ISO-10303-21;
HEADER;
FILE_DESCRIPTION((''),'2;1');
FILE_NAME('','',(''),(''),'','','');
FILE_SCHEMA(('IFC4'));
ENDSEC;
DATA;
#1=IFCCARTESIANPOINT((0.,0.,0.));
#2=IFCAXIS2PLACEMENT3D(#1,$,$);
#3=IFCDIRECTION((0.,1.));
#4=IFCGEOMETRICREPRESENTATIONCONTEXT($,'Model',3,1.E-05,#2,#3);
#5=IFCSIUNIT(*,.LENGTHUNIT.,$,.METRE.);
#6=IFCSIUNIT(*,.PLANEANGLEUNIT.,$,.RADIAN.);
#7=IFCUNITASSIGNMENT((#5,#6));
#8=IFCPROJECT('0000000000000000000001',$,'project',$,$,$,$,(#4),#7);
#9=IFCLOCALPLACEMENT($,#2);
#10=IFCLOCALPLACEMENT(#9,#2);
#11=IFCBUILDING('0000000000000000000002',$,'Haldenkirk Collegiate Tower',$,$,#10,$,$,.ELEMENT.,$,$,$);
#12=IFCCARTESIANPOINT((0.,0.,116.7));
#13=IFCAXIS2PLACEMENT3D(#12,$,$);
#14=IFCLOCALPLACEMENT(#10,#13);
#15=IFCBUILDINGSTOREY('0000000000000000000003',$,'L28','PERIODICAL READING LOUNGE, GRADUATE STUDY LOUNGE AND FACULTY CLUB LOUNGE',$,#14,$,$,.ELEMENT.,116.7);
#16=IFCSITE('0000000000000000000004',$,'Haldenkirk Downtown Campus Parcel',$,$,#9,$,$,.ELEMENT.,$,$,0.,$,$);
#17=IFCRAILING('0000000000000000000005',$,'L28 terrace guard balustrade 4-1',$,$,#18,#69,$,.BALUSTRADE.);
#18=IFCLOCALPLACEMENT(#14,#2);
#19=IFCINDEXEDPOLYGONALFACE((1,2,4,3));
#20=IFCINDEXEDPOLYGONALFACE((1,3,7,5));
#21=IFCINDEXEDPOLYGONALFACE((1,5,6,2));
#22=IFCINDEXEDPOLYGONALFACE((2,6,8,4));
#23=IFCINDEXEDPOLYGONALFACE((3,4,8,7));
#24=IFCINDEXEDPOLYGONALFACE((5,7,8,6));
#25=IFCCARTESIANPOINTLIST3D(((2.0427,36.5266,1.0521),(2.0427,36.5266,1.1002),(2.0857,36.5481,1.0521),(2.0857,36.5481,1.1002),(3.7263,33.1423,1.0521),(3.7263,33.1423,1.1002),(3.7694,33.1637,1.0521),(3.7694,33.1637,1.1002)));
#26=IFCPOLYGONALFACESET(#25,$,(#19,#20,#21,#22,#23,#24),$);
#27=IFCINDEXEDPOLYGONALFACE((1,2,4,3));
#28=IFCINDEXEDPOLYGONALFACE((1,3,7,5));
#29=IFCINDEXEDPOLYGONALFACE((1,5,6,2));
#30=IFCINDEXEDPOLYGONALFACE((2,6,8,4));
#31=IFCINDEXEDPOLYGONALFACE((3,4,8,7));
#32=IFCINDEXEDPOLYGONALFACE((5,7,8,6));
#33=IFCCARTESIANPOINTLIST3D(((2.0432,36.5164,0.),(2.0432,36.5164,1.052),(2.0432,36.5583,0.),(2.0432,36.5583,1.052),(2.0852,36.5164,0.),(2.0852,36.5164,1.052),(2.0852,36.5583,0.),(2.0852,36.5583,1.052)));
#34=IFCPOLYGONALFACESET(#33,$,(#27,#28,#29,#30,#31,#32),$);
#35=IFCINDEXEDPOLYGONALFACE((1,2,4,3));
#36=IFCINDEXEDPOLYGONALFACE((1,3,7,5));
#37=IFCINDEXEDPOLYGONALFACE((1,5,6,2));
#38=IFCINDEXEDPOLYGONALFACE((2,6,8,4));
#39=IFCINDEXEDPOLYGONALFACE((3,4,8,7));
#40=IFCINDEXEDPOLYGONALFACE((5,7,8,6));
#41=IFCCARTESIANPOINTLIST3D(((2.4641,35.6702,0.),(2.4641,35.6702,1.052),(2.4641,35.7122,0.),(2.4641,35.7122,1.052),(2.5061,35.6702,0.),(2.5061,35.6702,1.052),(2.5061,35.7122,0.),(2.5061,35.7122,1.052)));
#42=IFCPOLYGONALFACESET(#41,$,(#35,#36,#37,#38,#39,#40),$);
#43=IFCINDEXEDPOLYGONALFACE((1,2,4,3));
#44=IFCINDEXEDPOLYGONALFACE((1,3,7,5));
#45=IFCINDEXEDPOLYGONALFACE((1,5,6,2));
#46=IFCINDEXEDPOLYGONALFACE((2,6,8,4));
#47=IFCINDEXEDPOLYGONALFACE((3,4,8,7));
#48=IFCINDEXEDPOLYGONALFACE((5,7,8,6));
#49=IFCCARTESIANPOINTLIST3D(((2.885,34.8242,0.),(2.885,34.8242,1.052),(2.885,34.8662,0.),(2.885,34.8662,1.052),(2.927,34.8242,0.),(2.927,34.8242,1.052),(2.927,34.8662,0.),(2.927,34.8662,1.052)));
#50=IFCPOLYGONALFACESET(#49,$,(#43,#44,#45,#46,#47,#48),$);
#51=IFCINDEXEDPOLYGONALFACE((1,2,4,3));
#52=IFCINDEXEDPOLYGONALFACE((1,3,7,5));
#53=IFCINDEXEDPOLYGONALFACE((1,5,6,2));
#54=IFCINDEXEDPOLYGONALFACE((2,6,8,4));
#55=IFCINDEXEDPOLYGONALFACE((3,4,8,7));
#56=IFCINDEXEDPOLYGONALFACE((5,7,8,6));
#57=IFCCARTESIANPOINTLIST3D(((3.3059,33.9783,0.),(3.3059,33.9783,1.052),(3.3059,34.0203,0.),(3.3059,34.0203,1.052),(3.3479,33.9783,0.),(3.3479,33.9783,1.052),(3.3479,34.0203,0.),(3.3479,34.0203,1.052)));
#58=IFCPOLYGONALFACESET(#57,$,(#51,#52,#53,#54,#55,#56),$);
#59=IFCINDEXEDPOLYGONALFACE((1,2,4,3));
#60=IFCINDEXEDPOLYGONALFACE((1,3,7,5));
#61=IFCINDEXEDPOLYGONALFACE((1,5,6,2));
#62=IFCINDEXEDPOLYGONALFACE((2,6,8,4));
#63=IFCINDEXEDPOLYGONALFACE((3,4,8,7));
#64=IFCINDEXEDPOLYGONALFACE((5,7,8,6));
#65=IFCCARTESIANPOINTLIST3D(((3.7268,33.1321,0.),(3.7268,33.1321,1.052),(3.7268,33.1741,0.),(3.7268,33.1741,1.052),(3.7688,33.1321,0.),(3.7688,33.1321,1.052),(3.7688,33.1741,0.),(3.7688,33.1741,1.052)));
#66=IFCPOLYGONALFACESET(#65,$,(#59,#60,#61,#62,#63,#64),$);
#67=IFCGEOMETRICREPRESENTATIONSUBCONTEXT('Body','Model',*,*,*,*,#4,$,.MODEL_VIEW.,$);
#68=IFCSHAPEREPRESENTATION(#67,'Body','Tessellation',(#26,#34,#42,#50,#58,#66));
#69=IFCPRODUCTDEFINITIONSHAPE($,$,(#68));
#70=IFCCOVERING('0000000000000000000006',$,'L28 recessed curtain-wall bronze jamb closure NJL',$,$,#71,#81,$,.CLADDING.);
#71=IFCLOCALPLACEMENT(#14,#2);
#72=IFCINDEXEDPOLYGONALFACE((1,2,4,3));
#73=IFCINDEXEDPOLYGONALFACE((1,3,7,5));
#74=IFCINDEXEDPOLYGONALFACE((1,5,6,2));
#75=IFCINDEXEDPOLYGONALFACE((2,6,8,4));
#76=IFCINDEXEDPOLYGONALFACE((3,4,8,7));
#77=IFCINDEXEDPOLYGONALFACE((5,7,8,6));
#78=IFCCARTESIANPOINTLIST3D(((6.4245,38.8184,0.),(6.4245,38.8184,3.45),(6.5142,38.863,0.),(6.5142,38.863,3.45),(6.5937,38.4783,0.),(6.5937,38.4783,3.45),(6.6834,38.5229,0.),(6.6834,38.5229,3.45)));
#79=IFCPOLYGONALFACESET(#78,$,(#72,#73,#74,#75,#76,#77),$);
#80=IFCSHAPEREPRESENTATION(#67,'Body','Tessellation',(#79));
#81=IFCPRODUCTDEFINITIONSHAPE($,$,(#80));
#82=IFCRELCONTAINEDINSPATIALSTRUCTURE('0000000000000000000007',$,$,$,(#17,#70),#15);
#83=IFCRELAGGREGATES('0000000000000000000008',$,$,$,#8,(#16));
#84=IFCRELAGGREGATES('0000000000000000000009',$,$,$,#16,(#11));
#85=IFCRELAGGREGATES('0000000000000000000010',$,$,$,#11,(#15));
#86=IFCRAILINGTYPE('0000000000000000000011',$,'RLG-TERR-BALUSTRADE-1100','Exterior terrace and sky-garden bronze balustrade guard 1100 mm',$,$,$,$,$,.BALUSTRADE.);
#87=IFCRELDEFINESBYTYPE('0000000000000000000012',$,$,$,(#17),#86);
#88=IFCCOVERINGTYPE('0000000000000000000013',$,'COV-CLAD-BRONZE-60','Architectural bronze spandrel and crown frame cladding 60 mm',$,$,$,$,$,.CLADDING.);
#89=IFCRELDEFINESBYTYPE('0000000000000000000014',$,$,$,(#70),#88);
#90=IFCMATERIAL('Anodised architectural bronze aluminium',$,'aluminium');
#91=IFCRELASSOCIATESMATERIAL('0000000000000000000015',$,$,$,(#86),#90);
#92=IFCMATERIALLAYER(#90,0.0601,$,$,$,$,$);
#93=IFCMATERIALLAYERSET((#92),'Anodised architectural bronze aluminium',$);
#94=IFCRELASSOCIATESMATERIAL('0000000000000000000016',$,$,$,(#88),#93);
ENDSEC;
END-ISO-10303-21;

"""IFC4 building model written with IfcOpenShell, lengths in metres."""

from ifc_helpers import new_model, si_unit, direction, frame, origin, origin_2d, place, context, subcontext, project, spatial, rectangle, extrude, source, transform, mapped, material, layer, layer_set, type_object, element, save


model = new_model("IFC4")

# Units and contexts
model_context = context("Model", 3, precision=1e-05, world=origin(), true_north=direction((0.0, 1.0)))
body_context = subcontext(model_context, "Body", "Model", "MODEL_VIEW")
ifc_project = project(units=[si_unit("LENGTHUNIT", "METRE"), si_unit("PLANEANGLEUNIT", "RADIAN")], contexts=[model_context])

# Site, building, storey
site_placement = place(None, origin())
site = spatial("IfcSite", under=ifc_project, at=site_placement, Name="Haldenkirk Downtown Campus Parcel", CompositionType="ELEMENT", RefElevation=0.0)
building_placement = place(site_placement, origin())
building = spatial("IfcBuilding", under=site, at=building_placement, Name="Haldenkirk Collegiate Tower", CompositionType="ELEMENT")
storey_placement = place(building_placement, frame((0.0, 0.0, 116.7)))
storey = spatial("IfcBuildingStorey", under=building, at=storey_placement, Name="L28", Description="PERIODICAL READING LOUNGE, GRADUATE STUDY LOUNGE AND FACULTY CLUB LOUNGE", CompositionType="ELEMENT", Elevation=116.7)

# Shared definitions
ifc_material_1 = material(Name="Anodised architectural bronze aluminium", Category="aluminium")

# Railing
railing_type = type_object("IfcRailingType", Name="RLG-TERR-BALUSTRADE-1100", Description="Exterior terrace and sky-garden bronze balustrade guard 1100 mm", PredefinedType="BALUSTRADE", material=ifc_material_1)
railing_1_placement = place(storey_placement, frame((2.0642, 36.5374, 0.0)))
element("IfcRailing", 1, at=railing_1_placement, inside=storey, type_object=railing_type, Name="L28 terrace guard balustrade 4-1", PredefinedType="BALUSTRADE", context=body_context, shape_type="SweptSolid", body=[
    extrude(rectangle(XDim=0.0481, YDim=0.0481, at=origin_2d()), frame((0.0, 0.0, 1.0762), z_axis=(0.445404, -0.89533, 0.0), x_axis=(0.89533, 0.445404, 0.0)), (0.0, 0.0, 1.0), 3.78),
    extrude(rectangle(XDim=0.042, YDim=0.042, at=origin_2d()), origin(), (0.0, 0.0, 1.0), 1.052),
    extrude(rectangle(XDim=0.042, YDim=0.042, at=origin_2d()), frame((0.4209, -0.8462, 0.0)), (0.0, 0.0, 1.0), 1.052),
    extrude(rectangle(XDim=0.042, YDim=0.042, at=origin_2d()), frame((0.8418, -1.6921, 0.0)), (0.0, 0.0, 1.0), 1.052),
    extrude(rectangle(XDim=0.042, YDim=0.042, at=origin_2d()), frame((1.2627, -2.5381, 0.0)), (0.0, 0.0, 1.0), 1.052),
    extrude(rectangle(XDim=0.042, YDim=0.042, at=origin_2d()), frame((1.6836, -3.3843, 0.0)), (0.0, 0.0, 1.0), 1.052),
])

# Covering
ifc_layer_1 = layer(ifc_material_1, 0.0601)
ifc_layer_set_1 = layer_set([ifc_layer_1], Name="Anodised architectural bronze aluminium")
covering_type = type_object("IfcCoveringType", Name="COV-CLAD-BRONZE-60", Description="Architectural bronze spandrel and crown frame cladding 60 mm", PredefinedType="CLADDING", material=ifc_layer_set_1)
shared_shape_1 = source(origin(), body_context, "Body", "SweptSolid", [
    extrude(rectangle(XDim=0.1001, YDim=0.3799, at=origin_2d()), origin(), (0.0, 0.0, 1.0), 3.45),
])
covering_placement = place(storey_placement, frame((6.554, 38.6707, 0.0), z_axis=(0.0, 0.0, 1.0), x_axis=(0.895323, 0.445417, 0.0)))
element("IfcCovering", 2, at=covering_placement, inside=storey, type_object=covering_type, Name="L28 recessed curtain-wall bronze jamb closure NJL", PredefinedType="CLADDING", context=body_context, shape_type="MappedRepresentation", body=[
    mapped(shared_shape_1, transform((0.0, 0.0, 0.0), x_axis=(1.0, 0.0, 0.0), y_axis=(0.0, 1.0, 0.0), z_axis=(0.0, 0.0, 1.0), scale=1.0)),
])

save(model, "model.ifc")
